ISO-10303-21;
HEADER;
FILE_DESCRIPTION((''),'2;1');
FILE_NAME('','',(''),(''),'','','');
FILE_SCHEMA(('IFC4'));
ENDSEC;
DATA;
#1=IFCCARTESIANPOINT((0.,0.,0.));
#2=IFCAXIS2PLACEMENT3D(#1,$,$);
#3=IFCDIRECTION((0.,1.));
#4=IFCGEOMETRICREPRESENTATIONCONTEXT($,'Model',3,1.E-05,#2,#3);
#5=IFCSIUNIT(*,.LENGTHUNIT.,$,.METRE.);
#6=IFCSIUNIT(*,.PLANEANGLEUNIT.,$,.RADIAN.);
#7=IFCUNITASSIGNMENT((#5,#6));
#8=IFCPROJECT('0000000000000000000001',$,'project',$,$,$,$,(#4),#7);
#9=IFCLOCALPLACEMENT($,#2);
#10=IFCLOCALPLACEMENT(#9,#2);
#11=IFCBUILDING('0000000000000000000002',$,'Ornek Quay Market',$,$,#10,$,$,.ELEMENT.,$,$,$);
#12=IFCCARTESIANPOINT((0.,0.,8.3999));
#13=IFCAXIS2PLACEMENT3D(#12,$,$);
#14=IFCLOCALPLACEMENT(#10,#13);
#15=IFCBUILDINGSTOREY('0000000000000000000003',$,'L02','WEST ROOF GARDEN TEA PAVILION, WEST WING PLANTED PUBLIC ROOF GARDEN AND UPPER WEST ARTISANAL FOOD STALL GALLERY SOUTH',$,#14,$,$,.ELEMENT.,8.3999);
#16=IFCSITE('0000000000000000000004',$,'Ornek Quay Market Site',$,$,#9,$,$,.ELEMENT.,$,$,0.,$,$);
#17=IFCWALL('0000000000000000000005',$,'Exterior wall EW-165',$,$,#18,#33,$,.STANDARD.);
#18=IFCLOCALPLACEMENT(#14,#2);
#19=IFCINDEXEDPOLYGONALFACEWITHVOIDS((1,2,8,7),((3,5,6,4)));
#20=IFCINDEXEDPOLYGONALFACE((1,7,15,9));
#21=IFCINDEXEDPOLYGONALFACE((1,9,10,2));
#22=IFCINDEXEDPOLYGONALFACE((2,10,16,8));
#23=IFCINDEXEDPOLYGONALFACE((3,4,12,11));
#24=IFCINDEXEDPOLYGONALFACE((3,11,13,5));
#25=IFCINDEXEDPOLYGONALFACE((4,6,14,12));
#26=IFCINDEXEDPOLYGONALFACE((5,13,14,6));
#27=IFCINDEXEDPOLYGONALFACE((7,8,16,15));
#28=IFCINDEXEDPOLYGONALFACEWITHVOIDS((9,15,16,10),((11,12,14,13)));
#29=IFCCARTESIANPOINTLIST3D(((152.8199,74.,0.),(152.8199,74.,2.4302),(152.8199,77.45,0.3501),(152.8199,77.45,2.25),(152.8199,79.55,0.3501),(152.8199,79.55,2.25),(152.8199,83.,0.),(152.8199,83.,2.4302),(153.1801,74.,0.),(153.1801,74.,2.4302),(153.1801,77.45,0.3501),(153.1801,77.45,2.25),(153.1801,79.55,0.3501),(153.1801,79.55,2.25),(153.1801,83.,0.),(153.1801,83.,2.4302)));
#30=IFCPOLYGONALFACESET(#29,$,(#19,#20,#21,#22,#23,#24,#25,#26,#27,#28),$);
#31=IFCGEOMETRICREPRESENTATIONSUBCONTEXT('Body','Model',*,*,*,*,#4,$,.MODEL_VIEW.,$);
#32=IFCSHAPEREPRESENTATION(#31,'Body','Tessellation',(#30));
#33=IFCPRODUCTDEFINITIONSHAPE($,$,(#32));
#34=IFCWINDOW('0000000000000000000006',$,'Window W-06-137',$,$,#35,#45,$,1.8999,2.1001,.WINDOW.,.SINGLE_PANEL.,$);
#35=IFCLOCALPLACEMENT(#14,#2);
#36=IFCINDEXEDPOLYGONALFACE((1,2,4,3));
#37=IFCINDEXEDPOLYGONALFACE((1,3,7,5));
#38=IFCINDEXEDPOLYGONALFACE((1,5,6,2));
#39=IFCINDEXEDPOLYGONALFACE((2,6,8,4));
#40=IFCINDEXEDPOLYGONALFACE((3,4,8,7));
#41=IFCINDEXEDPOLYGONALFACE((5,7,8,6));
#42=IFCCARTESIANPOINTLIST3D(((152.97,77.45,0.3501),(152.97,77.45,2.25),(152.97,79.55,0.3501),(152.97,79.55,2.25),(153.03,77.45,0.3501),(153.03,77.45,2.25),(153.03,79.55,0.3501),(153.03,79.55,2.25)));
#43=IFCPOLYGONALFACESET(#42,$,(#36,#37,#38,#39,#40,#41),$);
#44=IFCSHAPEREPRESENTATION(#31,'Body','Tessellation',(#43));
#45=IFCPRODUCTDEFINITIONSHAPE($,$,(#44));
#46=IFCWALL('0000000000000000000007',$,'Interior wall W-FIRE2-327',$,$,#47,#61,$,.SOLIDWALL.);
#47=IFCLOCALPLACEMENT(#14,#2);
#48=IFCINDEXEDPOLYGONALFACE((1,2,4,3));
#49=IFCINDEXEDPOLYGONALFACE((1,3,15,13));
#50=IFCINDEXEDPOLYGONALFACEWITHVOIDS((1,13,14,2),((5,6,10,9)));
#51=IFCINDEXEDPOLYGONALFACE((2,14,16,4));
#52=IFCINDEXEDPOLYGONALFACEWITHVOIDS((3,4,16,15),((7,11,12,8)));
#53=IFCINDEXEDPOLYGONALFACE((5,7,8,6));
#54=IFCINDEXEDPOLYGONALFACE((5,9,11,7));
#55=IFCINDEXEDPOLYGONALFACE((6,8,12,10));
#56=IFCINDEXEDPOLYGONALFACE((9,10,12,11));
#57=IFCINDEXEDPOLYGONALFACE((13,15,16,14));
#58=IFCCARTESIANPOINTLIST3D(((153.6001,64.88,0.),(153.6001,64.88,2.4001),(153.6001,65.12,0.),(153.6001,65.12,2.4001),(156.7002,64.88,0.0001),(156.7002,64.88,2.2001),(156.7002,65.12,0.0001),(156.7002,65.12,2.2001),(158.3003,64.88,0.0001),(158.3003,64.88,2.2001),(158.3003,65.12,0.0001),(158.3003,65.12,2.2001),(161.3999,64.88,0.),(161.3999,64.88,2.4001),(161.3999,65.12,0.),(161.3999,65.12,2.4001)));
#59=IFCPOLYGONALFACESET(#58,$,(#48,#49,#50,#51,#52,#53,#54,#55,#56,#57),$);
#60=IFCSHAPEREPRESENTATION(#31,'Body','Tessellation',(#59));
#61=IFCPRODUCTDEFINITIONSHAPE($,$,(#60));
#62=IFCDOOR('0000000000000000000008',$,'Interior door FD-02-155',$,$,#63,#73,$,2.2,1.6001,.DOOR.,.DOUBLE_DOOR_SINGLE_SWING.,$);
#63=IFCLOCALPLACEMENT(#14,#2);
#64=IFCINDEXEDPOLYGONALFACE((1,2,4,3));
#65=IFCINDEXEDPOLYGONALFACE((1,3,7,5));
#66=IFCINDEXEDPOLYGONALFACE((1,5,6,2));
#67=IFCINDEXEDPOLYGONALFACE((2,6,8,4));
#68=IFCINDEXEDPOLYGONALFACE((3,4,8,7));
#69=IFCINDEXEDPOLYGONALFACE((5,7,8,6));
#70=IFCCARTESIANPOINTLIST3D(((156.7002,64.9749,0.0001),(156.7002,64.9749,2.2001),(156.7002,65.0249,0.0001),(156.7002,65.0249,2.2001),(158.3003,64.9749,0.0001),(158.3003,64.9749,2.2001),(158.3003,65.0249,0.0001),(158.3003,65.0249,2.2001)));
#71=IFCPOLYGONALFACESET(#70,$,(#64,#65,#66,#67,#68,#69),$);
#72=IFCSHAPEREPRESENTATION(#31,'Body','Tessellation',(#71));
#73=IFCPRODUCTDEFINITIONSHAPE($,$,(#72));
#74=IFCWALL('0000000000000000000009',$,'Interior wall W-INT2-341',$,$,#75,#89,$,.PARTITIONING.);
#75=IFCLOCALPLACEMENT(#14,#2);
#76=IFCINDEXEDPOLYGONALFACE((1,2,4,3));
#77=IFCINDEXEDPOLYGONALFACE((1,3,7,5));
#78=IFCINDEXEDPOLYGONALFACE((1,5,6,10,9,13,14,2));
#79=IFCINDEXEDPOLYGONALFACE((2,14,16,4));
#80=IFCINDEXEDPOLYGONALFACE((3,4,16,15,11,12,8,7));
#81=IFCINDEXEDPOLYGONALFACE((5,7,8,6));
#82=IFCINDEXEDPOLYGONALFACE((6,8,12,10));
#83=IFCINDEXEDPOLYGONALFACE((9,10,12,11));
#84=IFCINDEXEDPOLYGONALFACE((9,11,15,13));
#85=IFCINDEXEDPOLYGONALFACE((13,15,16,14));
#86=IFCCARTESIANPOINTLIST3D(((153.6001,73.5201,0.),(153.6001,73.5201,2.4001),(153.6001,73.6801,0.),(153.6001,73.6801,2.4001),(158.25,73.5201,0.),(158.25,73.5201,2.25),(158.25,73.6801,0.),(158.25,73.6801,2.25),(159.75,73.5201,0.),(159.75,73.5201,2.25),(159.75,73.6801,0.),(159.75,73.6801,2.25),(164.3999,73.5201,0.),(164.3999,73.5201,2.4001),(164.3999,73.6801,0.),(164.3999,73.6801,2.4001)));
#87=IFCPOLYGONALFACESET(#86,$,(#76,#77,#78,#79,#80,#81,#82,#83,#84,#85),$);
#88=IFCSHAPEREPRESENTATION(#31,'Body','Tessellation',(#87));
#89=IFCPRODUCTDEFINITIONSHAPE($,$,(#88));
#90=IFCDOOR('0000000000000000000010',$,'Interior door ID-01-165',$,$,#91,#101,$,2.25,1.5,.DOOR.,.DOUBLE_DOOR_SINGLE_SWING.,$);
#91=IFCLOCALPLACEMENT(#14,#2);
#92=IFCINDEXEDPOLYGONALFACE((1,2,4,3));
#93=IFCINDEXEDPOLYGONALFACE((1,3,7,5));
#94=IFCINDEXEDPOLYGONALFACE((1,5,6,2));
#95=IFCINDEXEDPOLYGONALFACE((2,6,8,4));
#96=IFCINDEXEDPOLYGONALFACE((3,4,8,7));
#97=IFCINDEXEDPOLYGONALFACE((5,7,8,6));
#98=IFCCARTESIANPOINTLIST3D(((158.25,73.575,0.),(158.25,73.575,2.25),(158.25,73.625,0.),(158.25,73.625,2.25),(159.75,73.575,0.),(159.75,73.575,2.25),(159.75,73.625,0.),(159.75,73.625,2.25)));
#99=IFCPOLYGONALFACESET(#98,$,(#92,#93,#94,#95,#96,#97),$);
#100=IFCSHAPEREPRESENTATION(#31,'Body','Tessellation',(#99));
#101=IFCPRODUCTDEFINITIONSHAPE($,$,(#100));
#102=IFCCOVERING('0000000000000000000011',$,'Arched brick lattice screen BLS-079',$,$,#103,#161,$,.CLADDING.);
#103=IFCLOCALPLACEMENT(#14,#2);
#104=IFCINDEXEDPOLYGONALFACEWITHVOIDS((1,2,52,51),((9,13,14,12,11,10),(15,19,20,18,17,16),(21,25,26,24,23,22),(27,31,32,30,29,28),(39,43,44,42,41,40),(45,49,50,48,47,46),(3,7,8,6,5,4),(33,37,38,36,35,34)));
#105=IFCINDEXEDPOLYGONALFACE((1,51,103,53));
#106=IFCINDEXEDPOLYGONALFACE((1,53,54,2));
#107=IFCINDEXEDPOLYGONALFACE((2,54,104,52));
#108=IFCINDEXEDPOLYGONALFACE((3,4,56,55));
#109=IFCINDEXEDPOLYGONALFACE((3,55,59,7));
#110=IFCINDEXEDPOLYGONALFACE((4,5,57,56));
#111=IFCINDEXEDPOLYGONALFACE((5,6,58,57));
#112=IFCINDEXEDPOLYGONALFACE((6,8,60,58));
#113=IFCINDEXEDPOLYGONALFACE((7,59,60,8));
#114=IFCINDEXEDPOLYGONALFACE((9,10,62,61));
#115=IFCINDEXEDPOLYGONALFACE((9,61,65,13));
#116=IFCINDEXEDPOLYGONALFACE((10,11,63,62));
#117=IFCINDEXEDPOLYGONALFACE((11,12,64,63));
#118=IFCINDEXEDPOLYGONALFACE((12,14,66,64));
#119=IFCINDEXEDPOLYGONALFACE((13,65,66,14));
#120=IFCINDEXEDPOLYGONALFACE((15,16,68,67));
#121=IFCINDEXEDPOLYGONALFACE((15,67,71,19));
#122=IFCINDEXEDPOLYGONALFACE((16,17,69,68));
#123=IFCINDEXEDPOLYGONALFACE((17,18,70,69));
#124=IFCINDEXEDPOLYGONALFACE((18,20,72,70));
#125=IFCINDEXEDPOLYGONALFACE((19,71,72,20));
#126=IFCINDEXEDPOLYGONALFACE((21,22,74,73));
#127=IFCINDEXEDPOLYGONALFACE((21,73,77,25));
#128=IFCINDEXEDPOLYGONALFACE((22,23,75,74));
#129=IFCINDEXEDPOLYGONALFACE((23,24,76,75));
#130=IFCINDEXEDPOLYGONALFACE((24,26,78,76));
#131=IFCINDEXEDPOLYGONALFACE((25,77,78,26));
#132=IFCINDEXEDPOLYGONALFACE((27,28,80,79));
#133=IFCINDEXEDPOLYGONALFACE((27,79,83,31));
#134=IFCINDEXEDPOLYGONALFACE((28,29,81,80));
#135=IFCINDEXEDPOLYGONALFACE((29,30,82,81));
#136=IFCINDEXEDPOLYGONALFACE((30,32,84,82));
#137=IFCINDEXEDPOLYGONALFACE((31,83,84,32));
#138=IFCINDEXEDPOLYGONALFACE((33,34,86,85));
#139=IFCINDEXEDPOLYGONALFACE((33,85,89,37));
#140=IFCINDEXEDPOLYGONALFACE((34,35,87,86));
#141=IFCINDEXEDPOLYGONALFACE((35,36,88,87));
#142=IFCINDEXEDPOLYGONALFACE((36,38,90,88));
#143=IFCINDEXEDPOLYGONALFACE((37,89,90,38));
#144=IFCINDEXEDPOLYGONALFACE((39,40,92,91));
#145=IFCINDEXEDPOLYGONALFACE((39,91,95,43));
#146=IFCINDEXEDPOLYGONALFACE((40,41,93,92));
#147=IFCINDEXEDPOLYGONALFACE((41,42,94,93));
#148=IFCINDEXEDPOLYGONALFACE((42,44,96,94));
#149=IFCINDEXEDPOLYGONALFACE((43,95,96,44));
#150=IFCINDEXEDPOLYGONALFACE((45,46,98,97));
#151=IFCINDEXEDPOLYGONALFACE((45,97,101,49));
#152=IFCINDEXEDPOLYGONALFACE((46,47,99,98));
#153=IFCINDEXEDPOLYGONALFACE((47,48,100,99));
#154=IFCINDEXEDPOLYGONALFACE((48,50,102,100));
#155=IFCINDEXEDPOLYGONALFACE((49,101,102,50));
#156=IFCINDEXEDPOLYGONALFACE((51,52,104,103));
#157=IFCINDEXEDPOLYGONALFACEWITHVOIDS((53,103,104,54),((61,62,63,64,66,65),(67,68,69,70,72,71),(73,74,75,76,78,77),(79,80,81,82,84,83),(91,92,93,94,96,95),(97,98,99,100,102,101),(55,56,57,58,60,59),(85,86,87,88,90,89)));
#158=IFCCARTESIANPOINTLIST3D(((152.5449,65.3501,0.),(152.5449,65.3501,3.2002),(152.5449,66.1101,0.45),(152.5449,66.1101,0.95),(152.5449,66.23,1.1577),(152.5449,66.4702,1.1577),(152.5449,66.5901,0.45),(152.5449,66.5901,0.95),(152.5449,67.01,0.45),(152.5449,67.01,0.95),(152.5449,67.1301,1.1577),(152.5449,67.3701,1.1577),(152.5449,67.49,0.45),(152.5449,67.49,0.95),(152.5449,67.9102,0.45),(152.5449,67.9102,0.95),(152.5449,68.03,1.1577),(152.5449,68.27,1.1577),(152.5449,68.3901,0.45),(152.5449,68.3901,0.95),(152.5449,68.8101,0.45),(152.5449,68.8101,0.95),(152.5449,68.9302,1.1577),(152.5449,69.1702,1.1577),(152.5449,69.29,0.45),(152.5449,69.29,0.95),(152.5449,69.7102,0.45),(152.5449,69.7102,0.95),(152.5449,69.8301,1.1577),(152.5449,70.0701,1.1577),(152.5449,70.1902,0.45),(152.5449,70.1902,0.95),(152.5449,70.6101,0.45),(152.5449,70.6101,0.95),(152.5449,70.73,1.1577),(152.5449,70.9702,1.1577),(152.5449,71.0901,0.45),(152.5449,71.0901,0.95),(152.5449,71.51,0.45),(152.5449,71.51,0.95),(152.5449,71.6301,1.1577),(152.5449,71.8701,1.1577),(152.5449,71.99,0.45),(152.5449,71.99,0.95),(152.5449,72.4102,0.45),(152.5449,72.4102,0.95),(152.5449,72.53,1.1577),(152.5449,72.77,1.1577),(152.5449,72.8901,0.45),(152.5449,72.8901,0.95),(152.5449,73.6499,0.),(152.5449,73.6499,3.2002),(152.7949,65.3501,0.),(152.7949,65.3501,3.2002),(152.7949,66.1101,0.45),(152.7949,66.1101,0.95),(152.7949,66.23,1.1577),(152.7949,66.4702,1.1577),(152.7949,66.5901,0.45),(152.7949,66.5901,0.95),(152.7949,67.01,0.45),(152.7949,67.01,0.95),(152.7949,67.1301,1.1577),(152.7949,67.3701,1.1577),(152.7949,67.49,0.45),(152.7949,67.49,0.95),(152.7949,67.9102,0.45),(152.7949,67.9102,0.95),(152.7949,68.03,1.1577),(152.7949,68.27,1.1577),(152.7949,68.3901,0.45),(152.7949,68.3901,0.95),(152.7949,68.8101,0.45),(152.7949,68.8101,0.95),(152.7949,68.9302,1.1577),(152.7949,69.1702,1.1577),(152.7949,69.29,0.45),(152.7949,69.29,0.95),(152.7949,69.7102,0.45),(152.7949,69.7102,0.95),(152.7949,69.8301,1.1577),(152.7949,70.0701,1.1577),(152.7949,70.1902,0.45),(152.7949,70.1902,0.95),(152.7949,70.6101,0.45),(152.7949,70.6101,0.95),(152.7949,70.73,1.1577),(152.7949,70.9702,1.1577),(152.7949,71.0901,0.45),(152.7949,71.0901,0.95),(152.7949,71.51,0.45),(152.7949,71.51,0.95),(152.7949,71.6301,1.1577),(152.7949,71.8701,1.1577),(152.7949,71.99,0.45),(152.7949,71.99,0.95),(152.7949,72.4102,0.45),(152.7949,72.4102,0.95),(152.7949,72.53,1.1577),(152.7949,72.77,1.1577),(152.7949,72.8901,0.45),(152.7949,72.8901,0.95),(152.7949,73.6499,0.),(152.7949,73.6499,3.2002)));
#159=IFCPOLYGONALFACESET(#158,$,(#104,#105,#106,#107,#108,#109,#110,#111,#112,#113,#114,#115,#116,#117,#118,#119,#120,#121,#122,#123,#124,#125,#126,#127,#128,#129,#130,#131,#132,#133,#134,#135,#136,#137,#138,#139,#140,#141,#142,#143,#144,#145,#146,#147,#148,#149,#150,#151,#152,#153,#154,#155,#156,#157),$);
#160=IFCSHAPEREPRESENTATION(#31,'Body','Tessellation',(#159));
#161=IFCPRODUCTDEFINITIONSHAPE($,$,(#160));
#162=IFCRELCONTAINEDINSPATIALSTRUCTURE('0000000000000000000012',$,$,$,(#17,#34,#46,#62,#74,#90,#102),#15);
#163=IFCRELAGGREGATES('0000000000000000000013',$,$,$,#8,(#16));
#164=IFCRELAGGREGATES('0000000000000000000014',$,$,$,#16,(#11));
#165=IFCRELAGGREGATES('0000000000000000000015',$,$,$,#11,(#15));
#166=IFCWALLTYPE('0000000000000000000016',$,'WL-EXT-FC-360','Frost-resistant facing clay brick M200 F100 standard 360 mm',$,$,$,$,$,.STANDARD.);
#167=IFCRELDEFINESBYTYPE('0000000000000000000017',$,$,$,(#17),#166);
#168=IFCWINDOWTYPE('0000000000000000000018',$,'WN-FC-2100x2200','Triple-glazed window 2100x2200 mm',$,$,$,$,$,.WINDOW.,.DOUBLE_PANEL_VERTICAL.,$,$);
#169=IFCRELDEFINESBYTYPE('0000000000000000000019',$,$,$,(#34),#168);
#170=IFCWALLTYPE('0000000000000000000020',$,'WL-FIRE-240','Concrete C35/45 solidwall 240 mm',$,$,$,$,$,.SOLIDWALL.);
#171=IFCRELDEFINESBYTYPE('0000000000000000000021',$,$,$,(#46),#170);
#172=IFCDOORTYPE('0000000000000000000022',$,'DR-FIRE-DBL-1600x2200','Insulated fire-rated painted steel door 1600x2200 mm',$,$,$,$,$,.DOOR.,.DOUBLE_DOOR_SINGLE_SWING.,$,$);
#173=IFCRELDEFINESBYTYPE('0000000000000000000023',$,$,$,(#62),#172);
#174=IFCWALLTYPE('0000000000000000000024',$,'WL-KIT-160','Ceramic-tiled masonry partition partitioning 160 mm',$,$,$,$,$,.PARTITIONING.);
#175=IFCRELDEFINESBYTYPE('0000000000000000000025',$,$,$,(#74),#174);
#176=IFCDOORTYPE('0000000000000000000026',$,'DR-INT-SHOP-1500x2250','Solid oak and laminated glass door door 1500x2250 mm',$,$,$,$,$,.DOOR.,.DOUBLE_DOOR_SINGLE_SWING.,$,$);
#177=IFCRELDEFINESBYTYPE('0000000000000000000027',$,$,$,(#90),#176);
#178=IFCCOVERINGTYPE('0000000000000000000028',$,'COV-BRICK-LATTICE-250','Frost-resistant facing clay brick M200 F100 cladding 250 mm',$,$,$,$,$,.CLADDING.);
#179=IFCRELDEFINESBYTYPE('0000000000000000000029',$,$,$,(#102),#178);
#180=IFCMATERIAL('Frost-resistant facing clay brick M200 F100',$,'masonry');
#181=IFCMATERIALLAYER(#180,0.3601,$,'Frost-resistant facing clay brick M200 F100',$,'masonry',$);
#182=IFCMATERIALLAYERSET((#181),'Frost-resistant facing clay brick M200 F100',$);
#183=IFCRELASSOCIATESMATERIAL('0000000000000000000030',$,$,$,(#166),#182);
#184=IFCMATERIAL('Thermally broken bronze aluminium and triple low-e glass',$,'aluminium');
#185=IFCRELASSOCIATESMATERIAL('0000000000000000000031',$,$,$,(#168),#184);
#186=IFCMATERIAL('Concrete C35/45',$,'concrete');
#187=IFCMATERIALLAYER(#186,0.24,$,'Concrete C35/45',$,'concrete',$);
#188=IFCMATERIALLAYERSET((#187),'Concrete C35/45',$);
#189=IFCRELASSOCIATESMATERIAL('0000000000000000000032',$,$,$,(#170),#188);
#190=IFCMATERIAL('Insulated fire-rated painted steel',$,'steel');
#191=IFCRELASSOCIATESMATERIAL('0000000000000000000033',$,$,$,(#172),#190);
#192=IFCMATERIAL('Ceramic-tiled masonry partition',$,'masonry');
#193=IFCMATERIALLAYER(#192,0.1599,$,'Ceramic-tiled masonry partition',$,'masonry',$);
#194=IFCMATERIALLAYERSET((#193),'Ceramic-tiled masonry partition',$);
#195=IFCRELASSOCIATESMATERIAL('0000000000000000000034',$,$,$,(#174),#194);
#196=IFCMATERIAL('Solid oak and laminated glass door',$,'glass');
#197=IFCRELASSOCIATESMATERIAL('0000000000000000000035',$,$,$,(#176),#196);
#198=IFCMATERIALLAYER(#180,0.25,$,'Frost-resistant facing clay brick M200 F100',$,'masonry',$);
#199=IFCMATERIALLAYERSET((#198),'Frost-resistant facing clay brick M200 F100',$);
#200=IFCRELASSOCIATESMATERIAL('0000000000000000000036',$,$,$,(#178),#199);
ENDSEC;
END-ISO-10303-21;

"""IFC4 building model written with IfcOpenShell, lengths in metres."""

from ifc_helpers import new_model, si_unit, direction, frame, frame_2d, origin, place, context, subcontext, project, spatial, polyline, rectangle, outline, extrude, material, layer, layer_set, type_object, element, fill, save


model = new_model("IFC4")

# Units and contexts
model_context = context("Model", 3, precision=1e-05, world=origin(), true_north=direction((0.0, 1.0)))
body_context = subcontext(model_context, "Body", "Model", "MODEL_VIEW")
ifc_project = project(units=[si_unit("LENGTHUNIT", "METRE"), si_unit("PLANEANGLEUNIT", "RADIAN")], contexts=[model_context])

# Site, building, storey
site_placement = place(None, origin())
site = spatial("IfcSite", under=ifc_project, at=site_placement, Name="Ornek Quay Market Site", CompositionType="ELEMENT", RefElevation=0.0)
building_placement = place(site_placement, origin())
building = spatial("IfcBuilding", under=site, at=building_placement, Name="Ornek Quay Market", CompositionType="ELEMENT")
storey_placement = place(building_placement, frame((0.0, 0.0, 8.3999)))
storey = spatial("IfcBuildingStorey", under=building, at=storey_placement, Name="L02", Description="WEST ROOF GARDEN TEA PAVILION, WEST WING PLANTED PUBLIC ROOF GARDEN AND UPPER WEST ARTISANAL FOOD STALL GALLERY SOUTH", CompositionType="ELEMENT", Elevation=8.3999)

# Shared definitions
ifc_material_1 = material(Name="Concrete C35/45", Category="concrete")

# Wall, opening, window
ifc_material_2 = material(Name="Frost-resistant facing clay brick M200 F100", Category="masonry")
ifc_layer_1 = layer(ifc_material_2, 0.3601, Name="Frost-resistant facing clay brick M200 F100", Category="masonry")
ifc_layer_set_1 = layer_set([ifc_layer_1], Name="Frost-resistant facing clay brick M200 F100")
wall_type_1 = type_object("IfcWallType", Name="WL-EXT-FC-360", Description="Frost-resistant facing clay brick M200 F100 standard 360 mm", PredefinedType="STANDARD", material=ifc_layer_set_1)
ifc_material_3 = material(Name="Thermally broken bronze aluminium and triple low-e glass", Category="aluminium")
wall_1_placement = place(storey_placement, frame((153.0, 74.0, 0.0), z_axis=(0.0, 0.0, 1.0), x_axis=(0.0, 1.0, 0.0)))
wall_1 = element("IfcWall", 1, at=wall_1_placement, inside=storey, type_object=wall_type_1, Name="Exterior wall EW-165", PredefinedType="STANDARD", context=body_context, shape_type="SweptSolid", body=[
    extrude(rectangle(XDim=9.0, YDim=0.3601, at=frame_2d((4.5, 0.0))), origin(), (0.0, 0.0, 1.0), 2.4302),
])
opening_1_placement = place(wall_1_placement, frame((3.45, 0.0, 0.3501)))
opening_1 = element("IfcOpeningElement", 2, at=opening_1_placement, cuts=wall_1, PredefinedType="OPENING", context=body_context, shape_type="SweptSolid", body=[
    extrude(rectangle(XDim=2.1001, YDim=1.8999, at=frame_2d((1.05, 0.95))), frame((0.0, 0.1899, 0.0), z_axis=(0.0, -1.0, 0.0), x_axis=(1.0, 0.0, 0.0)), (0.0, 0.0, 1.0), 0.3801),
])
window_type_1 = type_object("IfcWindowType", Name="WN-FC-2100x2200", Description="Triple-glazed window 2100x2200 mm", PartitioningType="DOUBLE_PANEL_VERTICAL", PredefinedType="WINDOW", material=ifc_material_3)
window_1_placement = place(opening_1_placement, origin())
window_1 = element("IfcWindow", 3, at=window_1_placement, inside=storey, type_object=window_type_1, Name="Window W-06-137", OverallHeight=1.8999, OverallWidth=2.1001, PartitioningType="SINGLE_PANEL", PredefinedType="WINDOW", context=body_context, shape_type="SweptSolid", body=[
    extrude(rectangle(XDim=2.1001, YDim=1.8999, at=frame_2d((1.05, 0.95))), frame((0.0, 0.03, 0.0), z_axis=(0.0, -1.0, 0.0), x_axis=(1.0, 0.0, 0.0)), (0.0, 0.0, 1.0), 0.0601),
])
fill(opening_1, window_1)

# Walls, openings, doors
ifc_layer_2 = layer(ifc_material_1, 0.24, Name="Concrete C35/45", Category="concrete")
ifc_layer_set_2 = layer_set([ifc_layer_2], Name="Concrete C35/45")
wall_type_2 = type_object("IfcWallType", Name="WL-FIRE-240", Description="Concrete C35/45 solidwall 240 mm", PredefinedType="SOLIDWALL", material=ifc_layer_set_2)
wall_2_placement = place(storey_placement, frame((153.6001, 65.0, 0.0), z_axis=(0.0, 0.0, 1.0), x_axis=(1.0, 0.0, 0.0)))
wall_2 = element("IfcWall", 4, at=wall_2_placement, inside=storey, type_object=wall_type_2, Name="Interior wall W-FIRE2-327", PredefinedType="SOLIDWALL", context=body_context, shape_type="SweptSolid", body=[
    extrude(rectangle(XDim=7.7998, YDim=0.24, at=frame_2d((3.8999, 0.0))), origin(), (0.0, 0.0, 1.0), 2.4001),
])
opening_2_placement = place(wall_2_placement, frame((3.1001, 0.0, 0.0)))
opening_2 = element("IfcOpeningElement", 5, at=opening_2_placement, cuts=wall_2, PredefinedType="OPENING", context=body_context, shape_type="SweptSolid", body=[
    extrude(rectangle(XDim=1.6001, YDim=2.2, at=frame_2d((0.8, 1.1001))), frame((0.0, 0.1299, 0.0), z_axis=(0.0, -1.0, 0.0), x_axis=(1.0, 0.0, 0.0)), (0.0, 0.0, 1.0), 0.26),
])
ifc_material_4 = material(Name="Insulated fire-rated painted steel", Category="steel")
door_type_1 = type_object("IfcDoorType", Name="DR-FIRE-DBL-1600x2200", Description="Insulated fire-rated painted steel door 1600x2200 mm", OperationType="DOUBLE_DOOR_SINGLE_SWING", PredefinedType="DOOR", material=ifc_material_4)
door_1_placement = place(opening_2_placement, origin())
door_1 = element("IfcDoor", 6, at=door_1_placement, inside=storey, type_object=door_type_1, Name="Interior door FD-02-155", OperationType="DOUBLE_DOOR_SINGLE_SWING", OverallHeight=2.2, OverallWidth=1.6001, PredefinedType="DOOR", context=body_context, shape_type="SweptSolid", body=[
    extrude(rectangle(XDim=1.6001, YDim=2.2, at=frame_2d((0.8, 1.1001))), frame((0.0, 0.0249, 0.0), z_axis=(0.0, -1.0, 0.0), x_axis=(1.0, 0.0, 0.0)), (0.0, 0.0, 1.0), 0.05),
])
fill(opening_2, door_1)
ifc_material_5 = material(Name="Ceramic-tiled masonry partition", Category="masonry")
ifc_layer_3 = layer(ifc_material_5, 0.1599, Name="Ceramic-tiled masonry partition", Category="masonry")
ifc_layer_set_3 = layer_set([ifc_layer_3], Name="Ceramic-tiled masonry partition")
wall_type_3 = type_object("IfcWallType", Name="WL-KIT-160", Description="Ceramic-tiled masonry partition partitioning 160 mm", PredefinedType="PARTITIONING", material=ifc_layer_set_3)
wall_3_placement = place(storey_placement, frame((153.6001, 73.6001, 0.0), z_axis=(0.0, 0.0, 1.0), x_axis=(1.0, 0.0, 0.0)))
wall_3 = element("IfcWall", 7, at=wall_3_placement, inside=storey, type_object=wall_type_3, Name="Interior wall W-INT2-341", PredefinedType="PARTITIONING", context=body_context, shape_type="SweptSolid", body=[
    extrude(rectangle(XDim=10.7998, YDim=0.1599, at=frame_2d((5.3999, 0.0))), origin(), (0.0, 0.0, 1.0), 2.4001),
])
opening_3_placement = place(wall_3_placement, frame((4.6499, 0.0, 0.0)))
opening_3 = element("IfcOpeningElement", 8, at=opening_3_placement, cuts=wall_3, PredefinedType="OPENING", context=body_context, shape_type="SweptSolid", body=[
    extrude(rectangle(XDim=1.5, YDim=2.25, at=frame_2d((0.75, 1.125))), frame((0.0, 0.0898, 0.0), z_axis=(0.0, -1.0, 0.0), x_axis=(1.0, 0.0, 0.0)), (0.0, 0.0, 1.0), 0.1799),
])
ifc_material_6 = material(Name="Solid oak and laminated glass door", Category="glass")
door_type_2 = type_object("IfcDoorType", Name="DR-INT-SHOP-1500x2250", Description="Solid oak and laminated glass door door 1500x2250 mm", OperationType="DOUBLE_DOOR_SINGLE_SWING", PredefinedType="DOOR", material=ifc_material_6)
door_2_placement = place(opening_3_placement, origin())
door_2 = element("IfcDoor", 9, at=door_2_placement, inside=storey, type_object=door_type_2, Name="Interior door ID-01-165", OperationType="DOUBLE_DOOR_SINGLE_SWING", OverallHeight=2.25, OverallWidth=1.5, PredefinedType="DOOR", context=body_context, shape_type="SweptSolid", body=[
    extrude(rectangle(XDim=1.5, YDim=2.25, at=frame_2d((0.75, 1.125))), frame((0.0, 0.0249, 0.0), z_axis=(0.0, -1.0, 0.0), x_axis=(1.0, 0.0, 0.0)), (0.0, 0.0, 1.0), 0.05),
])
fill(opening_3, door_2)

# Covering
ifc_layer_4 = layer(ifc_material_2, 0.25, Name="Frost-resistant facing clay brick M200 F100", Category="masonry")
ifc_layer_set_4 = layer_set([ifc_layer_4], Name="Frost-resistant facing clay brick M200 F100")
covering_type = type_object("IfcCoveringType", Name="COV-BRICK-LATTICE-250", Description="Frost-resistant facing clay brick M200 F100 cladding 250 mm", PredefinedType="CLADDING", material=ifc_layer_set_4)
covering_1_placement = place(storey_placement, frame((152.6699, 65.3501, 0.0), z_axis=(0.0, 0.0, 1.0), x_axis=(0.0, 1.0, 0.0)))
element("IfcCovering", 10, at=covering_1_placement, inside=storey, type_object=covering_type, Name="Arched brick lattice screen BLS-079", PredefinedType="CLADDING", context=body_context, shape_type="SweptSolid", body=[
    extrude(outline(polyline([(0.0, 0.0), (8.2998, 0.0), (8.2998, 3.2002), (0.0, 3.2002), (0.0, 0.0)]), holes=[polyline([(0.76, 0.45), (1.24, 0.45), (1.24, 0.95), (1.1201, 1.1577), (0.8799, 1.1577), (0.76, 0.95), (0.76, 0.45)]), polyline([(1.6599, 0.45), (2.1399, 0.45), (2.1399, 0.95), (2.02, 1.1577), (1.78, 1.1577), (1.6599, 0.95), (1.6599, 0.45)]), polyline([(2.5601, 0.45), (3.04, 0.45), (3.04, 0.95), (2.9199, 1.1577), (2.6799, 1.1577), (2.5601, 0.95), (2.5601, 0.45)]), polyline([(3.46, 0.45), (3.9399, 0.45), (3.9399, 0.95), (3.8201, 1.1577), (3.5801, 1.1577), (3.46, 0.95), (3.46, 0.45)]), polyline([(4.3601, 0.45), (4.8401, 0.45), (4.8401, 0.95), (4.72, 1.1577), (4.48, 1.1577), (4.3601, 0.95), (4.3601, 0.45)]), polyline([(5.26, 0.45), (5.74, 0.45), (5.74, 0.95), (5.6201, 1.1577), (5.3799, 1.1577), (5.26, 0.95), (5.26, 0.45)]), polyline([(6.1599, 0.45), (6.6399, 0.45), (6.6399, 0.95), (6.52, 1.1577), (6.28, 1.1577), (6.1599, 0.95), (6.1599, 0.45)]), polyline([(7.0601, 0.45), (7.54, 0.45), (7.54, 0.95), (7.4199, 1.1577), (7.1799, 1.1577), (7.0601, 0.95), (7.0601, 0.45)])]), frame((0.0, 0.125, 0.0), z_axis=(0.0, -1.0, 0.0), x_axis=(1.0, 0.0, 0.0)), (0.0, 0.0, 1.0), 0.25),
])

save(model, "model.ifc")
